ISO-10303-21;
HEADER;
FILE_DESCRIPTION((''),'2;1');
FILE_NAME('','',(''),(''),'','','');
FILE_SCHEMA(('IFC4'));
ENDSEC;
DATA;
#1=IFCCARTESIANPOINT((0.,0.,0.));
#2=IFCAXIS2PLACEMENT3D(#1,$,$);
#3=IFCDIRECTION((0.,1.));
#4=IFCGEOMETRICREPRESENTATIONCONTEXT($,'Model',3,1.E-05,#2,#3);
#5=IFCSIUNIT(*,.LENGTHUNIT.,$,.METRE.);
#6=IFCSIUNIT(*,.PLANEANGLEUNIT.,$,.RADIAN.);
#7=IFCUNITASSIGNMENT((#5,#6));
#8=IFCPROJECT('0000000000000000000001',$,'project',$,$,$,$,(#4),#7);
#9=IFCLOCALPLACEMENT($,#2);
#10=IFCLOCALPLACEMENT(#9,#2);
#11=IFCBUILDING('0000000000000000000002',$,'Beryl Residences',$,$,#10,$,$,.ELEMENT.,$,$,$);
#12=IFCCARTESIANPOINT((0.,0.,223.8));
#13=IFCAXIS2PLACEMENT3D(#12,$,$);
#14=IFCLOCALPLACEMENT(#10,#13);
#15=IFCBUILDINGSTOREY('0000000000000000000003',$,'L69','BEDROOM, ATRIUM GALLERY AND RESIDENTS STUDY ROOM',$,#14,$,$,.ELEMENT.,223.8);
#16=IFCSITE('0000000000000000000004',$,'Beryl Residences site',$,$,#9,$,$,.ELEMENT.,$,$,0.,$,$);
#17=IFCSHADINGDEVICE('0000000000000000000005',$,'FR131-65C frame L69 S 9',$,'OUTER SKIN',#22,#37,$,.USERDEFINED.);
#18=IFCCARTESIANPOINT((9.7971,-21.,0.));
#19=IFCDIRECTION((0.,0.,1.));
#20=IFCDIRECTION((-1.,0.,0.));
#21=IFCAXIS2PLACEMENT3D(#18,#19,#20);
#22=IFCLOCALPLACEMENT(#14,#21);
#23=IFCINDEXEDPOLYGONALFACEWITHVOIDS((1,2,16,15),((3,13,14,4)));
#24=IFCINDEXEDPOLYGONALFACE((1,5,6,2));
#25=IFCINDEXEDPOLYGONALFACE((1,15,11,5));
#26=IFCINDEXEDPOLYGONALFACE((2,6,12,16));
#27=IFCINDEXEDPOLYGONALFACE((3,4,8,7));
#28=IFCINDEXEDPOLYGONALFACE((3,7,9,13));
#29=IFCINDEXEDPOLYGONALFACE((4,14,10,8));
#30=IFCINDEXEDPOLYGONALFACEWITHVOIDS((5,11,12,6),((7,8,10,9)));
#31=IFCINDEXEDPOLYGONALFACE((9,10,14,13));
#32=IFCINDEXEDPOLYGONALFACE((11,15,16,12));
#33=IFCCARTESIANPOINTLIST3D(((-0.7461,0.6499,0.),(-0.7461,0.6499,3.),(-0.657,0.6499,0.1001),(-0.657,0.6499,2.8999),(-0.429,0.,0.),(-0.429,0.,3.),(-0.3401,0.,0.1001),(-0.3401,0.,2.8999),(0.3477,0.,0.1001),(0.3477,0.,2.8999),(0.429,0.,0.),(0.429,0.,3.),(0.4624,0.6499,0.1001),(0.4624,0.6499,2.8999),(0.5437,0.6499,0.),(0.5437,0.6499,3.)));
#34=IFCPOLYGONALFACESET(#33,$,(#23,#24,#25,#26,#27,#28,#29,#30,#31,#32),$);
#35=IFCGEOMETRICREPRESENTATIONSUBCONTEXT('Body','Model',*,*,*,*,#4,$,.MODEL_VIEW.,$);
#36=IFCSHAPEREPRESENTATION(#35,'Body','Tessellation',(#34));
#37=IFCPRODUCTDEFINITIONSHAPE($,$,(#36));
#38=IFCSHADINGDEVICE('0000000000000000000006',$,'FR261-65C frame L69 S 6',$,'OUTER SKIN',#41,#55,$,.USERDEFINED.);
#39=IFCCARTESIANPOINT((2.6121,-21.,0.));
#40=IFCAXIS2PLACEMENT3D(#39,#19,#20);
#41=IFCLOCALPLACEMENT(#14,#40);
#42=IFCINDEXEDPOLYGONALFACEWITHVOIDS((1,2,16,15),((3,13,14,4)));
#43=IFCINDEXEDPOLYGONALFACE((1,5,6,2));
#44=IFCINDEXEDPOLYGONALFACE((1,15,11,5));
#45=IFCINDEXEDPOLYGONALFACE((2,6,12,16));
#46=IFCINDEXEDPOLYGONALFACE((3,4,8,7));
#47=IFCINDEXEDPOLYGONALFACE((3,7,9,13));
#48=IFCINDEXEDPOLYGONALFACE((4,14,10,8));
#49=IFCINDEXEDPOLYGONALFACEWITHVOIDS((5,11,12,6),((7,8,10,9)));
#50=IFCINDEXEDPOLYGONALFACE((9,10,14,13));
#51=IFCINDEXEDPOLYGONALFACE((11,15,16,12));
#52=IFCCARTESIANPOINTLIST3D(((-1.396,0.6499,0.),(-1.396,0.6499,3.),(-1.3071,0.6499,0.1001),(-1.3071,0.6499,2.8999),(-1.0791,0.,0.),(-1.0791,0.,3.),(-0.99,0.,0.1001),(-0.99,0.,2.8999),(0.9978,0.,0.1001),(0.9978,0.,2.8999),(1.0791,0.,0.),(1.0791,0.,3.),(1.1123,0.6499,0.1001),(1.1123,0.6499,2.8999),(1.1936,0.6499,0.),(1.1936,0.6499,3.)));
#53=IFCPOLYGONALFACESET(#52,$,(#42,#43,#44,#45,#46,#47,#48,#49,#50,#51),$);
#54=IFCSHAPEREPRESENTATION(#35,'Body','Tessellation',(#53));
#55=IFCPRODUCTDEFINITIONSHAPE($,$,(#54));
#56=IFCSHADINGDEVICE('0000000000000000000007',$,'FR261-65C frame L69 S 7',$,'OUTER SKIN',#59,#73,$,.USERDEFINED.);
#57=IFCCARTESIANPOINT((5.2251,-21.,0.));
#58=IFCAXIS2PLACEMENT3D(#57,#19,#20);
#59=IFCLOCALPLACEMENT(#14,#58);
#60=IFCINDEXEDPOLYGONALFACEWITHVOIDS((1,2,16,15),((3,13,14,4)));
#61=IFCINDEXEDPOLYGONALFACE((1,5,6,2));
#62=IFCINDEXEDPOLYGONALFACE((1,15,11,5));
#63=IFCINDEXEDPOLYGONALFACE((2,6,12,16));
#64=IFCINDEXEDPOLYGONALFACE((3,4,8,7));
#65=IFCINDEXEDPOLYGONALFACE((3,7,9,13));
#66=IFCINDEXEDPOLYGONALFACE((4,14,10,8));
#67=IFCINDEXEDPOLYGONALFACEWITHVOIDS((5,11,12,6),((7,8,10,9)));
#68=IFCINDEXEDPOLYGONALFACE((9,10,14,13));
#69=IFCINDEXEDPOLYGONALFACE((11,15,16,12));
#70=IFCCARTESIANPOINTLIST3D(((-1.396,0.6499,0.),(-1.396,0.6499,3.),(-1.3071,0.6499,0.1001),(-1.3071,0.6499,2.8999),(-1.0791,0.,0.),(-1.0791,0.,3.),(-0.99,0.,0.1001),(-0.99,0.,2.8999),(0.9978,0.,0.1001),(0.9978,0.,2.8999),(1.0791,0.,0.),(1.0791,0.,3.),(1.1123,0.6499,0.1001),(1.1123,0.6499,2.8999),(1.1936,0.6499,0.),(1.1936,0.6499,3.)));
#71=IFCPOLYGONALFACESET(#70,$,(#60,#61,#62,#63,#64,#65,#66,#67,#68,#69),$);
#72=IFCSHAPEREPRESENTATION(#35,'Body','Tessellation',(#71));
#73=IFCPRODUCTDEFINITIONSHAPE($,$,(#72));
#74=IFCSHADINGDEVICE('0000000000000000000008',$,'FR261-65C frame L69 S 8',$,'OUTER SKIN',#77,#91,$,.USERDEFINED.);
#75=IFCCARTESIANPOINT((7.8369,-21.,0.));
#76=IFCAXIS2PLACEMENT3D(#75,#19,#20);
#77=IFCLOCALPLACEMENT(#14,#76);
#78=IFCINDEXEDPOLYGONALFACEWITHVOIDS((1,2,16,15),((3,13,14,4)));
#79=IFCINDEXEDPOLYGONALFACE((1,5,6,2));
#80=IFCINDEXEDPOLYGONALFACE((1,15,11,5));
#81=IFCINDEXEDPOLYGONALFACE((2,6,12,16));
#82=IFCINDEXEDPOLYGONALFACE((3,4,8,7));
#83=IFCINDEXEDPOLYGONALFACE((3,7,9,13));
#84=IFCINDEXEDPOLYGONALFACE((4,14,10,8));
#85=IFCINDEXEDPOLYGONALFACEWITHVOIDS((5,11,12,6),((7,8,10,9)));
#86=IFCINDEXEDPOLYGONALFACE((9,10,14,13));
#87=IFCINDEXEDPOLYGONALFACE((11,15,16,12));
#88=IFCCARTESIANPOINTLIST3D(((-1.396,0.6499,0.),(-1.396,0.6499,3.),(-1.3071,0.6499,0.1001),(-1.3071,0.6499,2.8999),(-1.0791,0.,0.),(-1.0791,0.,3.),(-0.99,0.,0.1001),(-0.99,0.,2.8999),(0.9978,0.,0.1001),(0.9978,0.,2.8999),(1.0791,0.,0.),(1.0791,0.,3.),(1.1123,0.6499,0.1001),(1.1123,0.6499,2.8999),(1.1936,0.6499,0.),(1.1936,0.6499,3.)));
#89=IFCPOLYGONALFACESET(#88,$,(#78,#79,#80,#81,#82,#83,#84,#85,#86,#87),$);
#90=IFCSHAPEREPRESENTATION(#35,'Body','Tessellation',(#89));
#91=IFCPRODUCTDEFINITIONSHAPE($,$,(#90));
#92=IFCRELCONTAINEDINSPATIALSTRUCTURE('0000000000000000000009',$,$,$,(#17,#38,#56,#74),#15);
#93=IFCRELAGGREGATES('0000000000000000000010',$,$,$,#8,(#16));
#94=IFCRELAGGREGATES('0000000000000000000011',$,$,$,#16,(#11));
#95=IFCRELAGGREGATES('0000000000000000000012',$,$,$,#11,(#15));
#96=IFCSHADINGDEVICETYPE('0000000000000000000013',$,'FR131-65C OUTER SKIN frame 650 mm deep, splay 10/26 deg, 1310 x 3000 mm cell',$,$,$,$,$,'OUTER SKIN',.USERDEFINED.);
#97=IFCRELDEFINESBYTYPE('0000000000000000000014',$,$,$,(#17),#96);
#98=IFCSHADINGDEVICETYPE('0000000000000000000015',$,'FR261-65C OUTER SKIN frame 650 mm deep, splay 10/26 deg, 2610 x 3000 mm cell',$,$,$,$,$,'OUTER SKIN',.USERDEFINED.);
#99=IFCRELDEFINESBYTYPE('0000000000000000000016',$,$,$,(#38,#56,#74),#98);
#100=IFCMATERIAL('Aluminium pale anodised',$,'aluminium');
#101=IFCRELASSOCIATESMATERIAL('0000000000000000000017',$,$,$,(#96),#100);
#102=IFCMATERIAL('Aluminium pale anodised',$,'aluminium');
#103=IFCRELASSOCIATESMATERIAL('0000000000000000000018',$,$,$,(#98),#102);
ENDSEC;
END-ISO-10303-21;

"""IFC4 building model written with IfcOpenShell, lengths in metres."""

from ifc_helpers import new_model, entity, si_unit, direction, frame, origin, place, context, subcontext, project, spatial, source, transform, mapped, material, type_object, type_shapes, element, save


model = new_model("IFC4")

# Units and contexts
model_context = context("Model", 3, precision=1e-05, world=origin(), true_north=direction((0.0, 1.0)))
body_context = subcontext(model_context, "Body", "Model", "MODEL_VIEW")
ifc_project = project(units=[si_unit("LENGTHUNIT", "METRE"), si_unit("PLANEANGLEUNIT", "RADIAN")], contexts=[model_context])

# Site, building, storey
site_placement = place(None, origin())
site = spatial("IfcSite", under=ifc_project, at=site_placement, Name="Beryl Residences site", CompositionType="ELEMENT", RefElevation=0.0)
building_placement = place(site_placement, origin())
building = spatial("IfcBuilding", under=site, at=building_placement, Name="Beryl Residences", CompositionType="ELEMENT")
storey_placement = place(building_placement, frame((0.0, 0.0, 223.8)))
storey = spatial("IfcBuildingStorey", under=building, at=storey_placement, Name="L69", Description="BEDROOM, ATRIUM GALLERY AND RESIDENTS STUDY ROOM", CompositionType="ELEMENT", Elevation=223.8)

# Shading devices
ifc_material_1 = material(Name="Aluminium pale anodised", Category="aluminium")
shading_device_type_1 = type_object("IfcShadingDeviceType", Name="FR131-65C OUTER SKIN frame 650 mm deep, splay 10/26 deg, 1310 x 3000 mm cell", ElementType="OUTER SKIN", PredefinedType="USERDEFINED", material=ifc_material_1)
cartesian_point_1 = entity("IfcCartesianPoint", [-0.429, 0.0])
cartesian_point_2 = entity("IfcCartesianPoint", [-0.3477, 0.1001])
cartesian_point_3 = entity("IfcCartesianPoint", [-0.5437, 0.0])
cartesian_point_4 = entity("IfcCartesianPoint", [-0.4624, 0.1001])
shared_shape_1 = source(origin(), body_context, "Body", "SweptSolid", [
    entity("IfcExtrudedAreaSolidTapered", entity("IfcArbitraryProfileDefWithVoids", "AREA", None, entity("IfcPolyline", [cartesian_point_1, entity("IfcCartesianPoint", [0.429, 0.0]), entity("IfcCartesianPoint", [0.429, 3.0]), entity("IfcCartesianPoint", [-0.429, 3.0]), cartesian_point_1]), [entity("IfcPolyline", [cartesian_point_2, entity("IfcCartesianPoint", [0.3401, 0.1001]), entity("IfcCartesianPoint", [0.3401, 2.8999]), entity("IfcCartesianPoint", [-0.3477, 2.8999]), cartesian_point_2])]), entity("IfcAxis2Placement3D", entity("IfcCartesianPoint", [0.0, 0.0, 0.0]), entity("IfcDirection", [0.0, 1.0, 0.0]), entity("IfcDirection", [-1.0, 0.0, 0.0])), entity("IfcDirection", [0.0, 0.0, 1.0]), 0.6499, entity("IfcArbitraryProfileDefWithVoids", "AREA", None, entity("IfcPolyline", [cartesian_point_3, entity("IfcCartesianPoint", [0.7461, 0.0]), entity("IfcCartesianPoint", [0.7461, 3.0]), entity("IfcCartesianPoint", [-0.5437, 3.0]), cartesian_point_3]), [entity("IfcPolyline", [cartesian_point_4, entity("IfcCartesianPoint", [0.657, 0.1001]), entity("IfcCartesianPoint", [0.657, 2.8999]), entity("IfcCartesianPoint", [-0.4624, 2.8999]), cartesian_point_4])])),
])
type_shapes(shading_device_type_1, [shared_shape_1])
shading_device_placement = place(storey_placement, frame((9.7971, -21.0, 0.0), z_axis=(0.0, 0.0, 1.0), x_axis=(-1.0, 0.0, 0.0)))
element("IfcShadingDevice", 1, at=shading_device_placement, inside=storey, type_object=shading_device_type_1, Name="FR131-65C frame L69 S 9", ObjectType="OUTER SKIN", PredefinedType="USERDEFINED", context=body_context, shape_type="MappedRepresentation", body=[
    mapped(shared_shape_1, transform((0.0, 0.0, 0.0))),
])
ifc_material_2 = material(Name="Aluminium pale anodised", Category="aluminium")
shading_device_type_2 = type_object("IfcShadingDeviceType", Name="FR261-65C OUTER SKIN frame 650 mm deep, splay 10/26 deg, 2610 x 3000 mm cell", ElementType="OUTER SKIN", PredefinedType="USERDEFINED", material=ifc_material_2)
cartesian_point_5 = entity("IfcCartesianPoint", [-1.0791, 0.0])
cartesian_point_6 = entity("IfcCartesianPoint", [-0.9978, 0.1001])
cartesian_point_7 = entity("IfcCartesianPoint", [-1.1936, 0.0])
cartesian_point_8 = entity("IfcCartesianPoint", [-1.1123, 0.1001])
shared_shape_2 = source(origin(), body_context, "Body", "SweptSolid", [
    entity("IfcExtrudedAreaSolidTapered", entity("IfcArbitraryProfileDefWithVoids", "AREA", None, entity("IfcPolyline", [cartesian_point_5, entity("IfcCartesianPoint", [1.0791, 0.0]), entity("IfcCartesianPoint", [1.0791, 3.0]), entity("IfcCartesianPoint", [-1.0791, 3.0]), cartesian_point_5]), [entity("IfcPolyline", [cartesian_point_6, entity("IfcCartesianPoint", [0.99, 0.1001]), entity("IfcCartesianPoint", [0.99, 2.8999]), entity("IfcCartesianPoint", [-0.9978, 2.8999]), cartesian_point_6])]), entity("IfcAxis2Placement3D", entity("IfcCartesianPoint", [0.0, 0.0, 0.0]), entity("IfcDirection", [0.0, 1.0, 0.0]), entity("IfcDirection", [-1.0, 0.0, 0.0])), entity("IfcDirection", [0.0, 0.0, 1.0]), 0.6499, entity("IfcArbitraryProfileDefWithVoids", "AREA", None, entity("IfcPolyline", [cartesian_point_7, entity("IfcCartesianPoint", [1.396, 0.0]), entity("IfcCartesianPoint", [1.396, 3.0]), entity("IfcCartesianPoint", [-1.1936, 3.0]), cartesian_point_7]), [entity("IfcPolyline", [cartesian_point_8, entity("IfcCartesianPoint", [1.3071, 0.1001]), entity("IfcCartesianPoint", [1.3071, 2.8999]), entity("IfcCartesianPoint", [-1.1123, 2.8999]), cartesian_point_8])])),
])
type_shapes(shading_device_type_2, [shared_shape_2])
for number, where, z_axis, x_axis, name in (
    (2, (2.6121, -21.0, 0.0), (0.0, 0.0, 1.0), (-1.0, 0.0, 0.0), "FR261-65C frame L69 S 6"),
    (3, (5.2251, -21.0, 0.0), (0.0, 0.0, 1.0), (-1.0, 0.0, 0.0), "FR261-65C frame L69 S 7"),
    (4, (7.8369, -21.0, 0.0), (0.0, 0.0, 1.0), (-1.0, 0.0, 0.0), "FR261-65C frame L69 S 8"),
):
    element("IfcShadingDevice", number, at=place(storey_placement, frame(where, z_axis=z_axis, x_axis=x_axis)), inside=storey, type_object=shading_device_type_2, Name=name, ObjectType="OUTER SKIN", PredefinedType="USERDEFINED", context=body_context, shape_type="MappedRepresentation", body=[
        mapped(shared_shape_2, transform((0.0, 0.0, 0.0))),
    ])

save(model, "model.ifc")
